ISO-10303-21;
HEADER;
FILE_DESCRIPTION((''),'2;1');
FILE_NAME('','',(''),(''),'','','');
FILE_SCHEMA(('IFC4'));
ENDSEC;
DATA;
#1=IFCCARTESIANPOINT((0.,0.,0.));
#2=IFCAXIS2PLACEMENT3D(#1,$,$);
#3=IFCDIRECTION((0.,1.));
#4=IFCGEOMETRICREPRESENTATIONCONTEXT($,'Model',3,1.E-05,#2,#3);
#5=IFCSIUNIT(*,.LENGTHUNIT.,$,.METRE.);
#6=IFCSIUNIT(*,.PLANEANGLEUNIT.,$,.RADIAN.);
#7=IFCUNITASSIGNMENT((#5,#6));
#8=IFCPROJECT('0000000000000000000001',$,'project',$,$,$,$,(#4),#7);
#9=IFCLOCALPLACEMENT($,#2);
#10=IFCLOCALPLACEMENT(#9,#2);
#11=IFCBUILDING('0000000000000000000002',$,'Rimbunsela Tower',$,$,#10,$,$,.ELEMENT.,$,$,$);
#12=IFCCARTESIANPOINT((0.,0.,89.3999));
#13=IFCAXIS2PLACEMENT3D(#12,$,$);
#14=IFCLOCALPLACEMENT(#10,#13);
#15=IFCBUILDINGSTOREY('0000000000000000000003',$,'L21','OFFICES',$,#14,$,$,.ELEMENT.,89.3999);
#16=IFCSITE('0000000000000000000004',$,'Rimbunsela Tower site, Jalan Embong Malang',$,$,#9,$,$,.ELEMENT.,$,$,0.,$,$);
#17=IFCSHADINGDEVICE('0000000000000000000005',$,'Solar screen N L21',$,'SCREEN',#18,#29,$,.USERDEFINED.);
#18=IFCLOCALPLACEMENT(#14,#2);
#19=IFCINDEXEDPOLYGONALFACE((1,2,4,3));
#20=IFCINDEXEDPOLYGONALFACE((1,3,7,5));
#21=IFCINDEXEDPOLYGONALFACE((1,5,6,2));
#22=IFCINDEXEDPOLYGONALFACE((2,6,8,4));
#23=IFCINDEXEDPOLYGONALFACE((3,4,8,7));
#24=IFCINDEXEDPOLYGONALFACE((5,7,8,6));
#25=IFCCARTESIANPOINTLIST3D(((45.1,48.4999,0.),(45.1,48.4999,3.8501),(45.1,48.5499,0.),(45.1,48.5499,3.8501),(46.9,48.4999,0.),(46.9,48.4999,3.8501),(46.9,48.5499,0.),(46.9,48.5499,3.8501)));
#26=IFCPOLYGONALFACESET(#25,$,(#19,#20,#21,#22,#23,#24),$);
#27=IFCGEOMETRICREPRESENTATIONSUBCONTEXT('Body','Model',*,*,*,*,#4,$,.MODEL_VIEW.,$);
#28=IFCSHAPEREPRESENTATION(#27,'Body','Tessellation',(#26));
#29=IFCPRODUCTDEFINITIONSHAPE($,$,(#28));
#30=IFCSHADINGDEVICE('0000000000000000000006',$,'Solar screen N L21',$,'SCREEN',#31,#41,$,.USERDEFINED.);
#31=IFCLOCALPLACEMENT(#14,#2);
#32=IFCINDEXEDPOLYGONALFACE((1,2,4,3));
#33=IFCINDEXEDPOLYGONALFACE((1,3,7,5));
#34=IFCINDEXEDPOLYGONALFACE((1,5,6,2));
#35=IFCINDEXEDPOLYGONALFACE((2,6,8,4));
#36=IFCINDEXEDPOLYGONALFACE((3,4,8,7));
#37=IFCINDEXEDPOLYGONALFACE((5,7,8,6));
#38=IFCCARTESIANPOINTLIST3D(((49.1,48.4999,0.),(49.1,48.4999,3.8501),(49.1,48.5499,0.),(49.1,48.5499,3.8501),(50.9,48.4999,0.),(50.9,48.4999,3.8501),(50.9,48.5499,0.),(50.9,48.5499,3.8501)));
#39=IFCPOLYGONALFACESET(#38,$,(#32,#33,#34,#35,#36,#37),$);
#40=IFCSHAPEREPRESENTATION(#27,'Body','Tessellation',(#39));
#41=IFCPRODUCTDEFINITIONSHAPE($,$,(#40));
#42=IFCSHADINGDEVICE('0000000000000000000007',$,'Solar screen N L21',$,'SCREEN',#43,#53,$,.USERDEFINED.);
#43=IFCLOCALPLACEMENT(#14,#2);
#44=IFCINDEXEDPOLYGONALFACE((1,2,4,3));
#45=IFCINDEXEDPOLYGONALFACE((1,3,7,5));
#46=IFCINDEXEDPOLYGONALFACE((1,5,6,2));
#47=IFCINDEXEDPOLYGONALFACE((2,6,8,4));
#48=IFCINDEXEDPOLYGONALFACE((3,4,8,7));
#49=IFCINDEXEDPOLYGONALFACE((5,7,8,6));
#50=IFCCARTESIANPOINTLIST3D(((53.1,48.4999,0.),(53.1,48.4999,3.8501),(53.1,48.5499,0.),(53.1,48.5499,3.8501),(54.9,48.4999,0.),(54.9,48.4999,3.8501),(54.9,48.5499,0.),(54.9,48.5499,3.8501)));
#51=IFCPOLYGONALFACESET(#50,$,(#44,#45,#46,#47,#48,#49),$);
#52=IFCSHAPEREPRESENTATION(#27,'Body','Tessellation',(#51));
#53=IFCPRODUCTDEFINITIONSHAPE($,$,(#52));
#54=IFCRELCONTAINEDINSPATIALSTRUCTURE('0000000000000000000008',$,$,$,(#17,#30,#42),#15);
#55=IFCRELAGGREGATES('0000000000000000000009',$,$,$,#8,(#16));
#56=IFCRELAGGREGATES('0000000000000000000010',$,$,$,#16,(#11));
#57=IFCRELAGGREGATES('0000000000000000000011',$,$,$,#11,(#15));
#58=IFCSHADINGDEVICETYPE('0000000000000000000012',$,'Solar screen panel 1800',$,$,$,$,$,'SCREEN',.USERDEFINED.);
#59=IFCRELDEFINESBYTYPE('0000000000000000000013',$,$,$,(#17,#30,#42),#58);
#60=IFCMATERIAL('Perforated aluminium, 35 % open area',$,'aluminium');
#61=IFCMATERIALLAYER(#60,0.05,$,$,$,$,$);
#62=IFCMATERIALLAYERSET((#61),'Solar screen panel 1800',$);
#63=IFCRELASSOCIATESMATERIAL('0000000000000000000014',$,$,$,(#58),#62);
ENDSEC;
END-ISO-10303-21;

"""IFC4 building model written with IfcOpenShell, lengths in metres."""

from ifc_helpers import new_model, si_unit, direction, frame, origin, origin_2d, place, context, subcontext, project, spatial, rectangle, extrude, material, layer, layer_set, type_object, element, save


model = new_model("IFC4")

# Units and contexts
model_context = context("Model", 3, precision=1e-05, world=origin(), true_north=direction((0.0, 1.0)))
body_context = subcontext(model_context, "Body", "Model", "MODEL_VIEW")
ifc_project = project(units=[si_unit("LENGTHUNIT", "METRE"), si_unit("PLANEANGLEUNIT", "RADIAN")], contexts=[model_context])

# Site, building, storey
site_placement = place(None, origin())
site = spatial("IfcSite", under=ifc_project, at=site_placement, Name="Rimbunsela Tower site, Jalan Embong Malang", CompositionType="ELEMENT", RefElevation=0.0)
building_placement = place(site_placement, origin())
building = spatial("IfcBuilding", under=site, at=building_placement, Name="Rimbunsela Tower", CompositionType="ELEMENT")
storey_placement = place(building_placement, frame((0.0, 0.0, 89.3999)))
storey = spatial("IfcBuildingStorey", under=building, at=storey_placement, Name="L21", Description="OFFICES", CompositionType="ELEMENT", Elevation=89.3999)

# Shading devices
ifc_material_1 = material(Name="Perforated aluminium, 35 % open area", Category="aluminium")
ifc_layer_1 = layer(ifc_material_1, 0.05)
ifc_layer_set_1 = layer_set([ifc_layer_1], Name="Solar screen panel 1800")
shading_device_type = type_object("IfcShadingDeviceType", Name="Solar screen panel 1800", ElementType="SCREEN", PredefinedType="USERDEFINED", material=ifc_layer_set_1)
for number, where, z_axis, x_axis, name in (
    (1, (46.0, 48.5249, 0.0), (0.0, 0.0, 1.0), (1.0, 0.0, 0.0), "Solar screen N L21"),
    (2, (50.0, 48.5249, 0.0), (0.0, 0.0, 1.0), (1.0, 0.0, 0.0), "Solar screen N L21"),
    (3, (54.0, 48.5249, 0.0), (0.0, 0.0, 1.0), (1.0, 0.0, 0.0), "Solar screen N L21"),
):
    element("IfcShadingDevice", number, at=place(storey_placement, frame(where, z_axis=z_axis, x_axis=x_axis)), inside=storey, type_object=shading_device_type, Name=name, ObjectType="SCREEN", PredefinedType="USERDEFINED", context=body_context, shape_type="SweptSolid", body=[
        extrude(rectangle(XDim=1.8, YDim=0.05, at=origin_2d()), origin(), (0.0, 0.0, 1.0), 3.8501),
    ])

save(model, "model.ifc")
